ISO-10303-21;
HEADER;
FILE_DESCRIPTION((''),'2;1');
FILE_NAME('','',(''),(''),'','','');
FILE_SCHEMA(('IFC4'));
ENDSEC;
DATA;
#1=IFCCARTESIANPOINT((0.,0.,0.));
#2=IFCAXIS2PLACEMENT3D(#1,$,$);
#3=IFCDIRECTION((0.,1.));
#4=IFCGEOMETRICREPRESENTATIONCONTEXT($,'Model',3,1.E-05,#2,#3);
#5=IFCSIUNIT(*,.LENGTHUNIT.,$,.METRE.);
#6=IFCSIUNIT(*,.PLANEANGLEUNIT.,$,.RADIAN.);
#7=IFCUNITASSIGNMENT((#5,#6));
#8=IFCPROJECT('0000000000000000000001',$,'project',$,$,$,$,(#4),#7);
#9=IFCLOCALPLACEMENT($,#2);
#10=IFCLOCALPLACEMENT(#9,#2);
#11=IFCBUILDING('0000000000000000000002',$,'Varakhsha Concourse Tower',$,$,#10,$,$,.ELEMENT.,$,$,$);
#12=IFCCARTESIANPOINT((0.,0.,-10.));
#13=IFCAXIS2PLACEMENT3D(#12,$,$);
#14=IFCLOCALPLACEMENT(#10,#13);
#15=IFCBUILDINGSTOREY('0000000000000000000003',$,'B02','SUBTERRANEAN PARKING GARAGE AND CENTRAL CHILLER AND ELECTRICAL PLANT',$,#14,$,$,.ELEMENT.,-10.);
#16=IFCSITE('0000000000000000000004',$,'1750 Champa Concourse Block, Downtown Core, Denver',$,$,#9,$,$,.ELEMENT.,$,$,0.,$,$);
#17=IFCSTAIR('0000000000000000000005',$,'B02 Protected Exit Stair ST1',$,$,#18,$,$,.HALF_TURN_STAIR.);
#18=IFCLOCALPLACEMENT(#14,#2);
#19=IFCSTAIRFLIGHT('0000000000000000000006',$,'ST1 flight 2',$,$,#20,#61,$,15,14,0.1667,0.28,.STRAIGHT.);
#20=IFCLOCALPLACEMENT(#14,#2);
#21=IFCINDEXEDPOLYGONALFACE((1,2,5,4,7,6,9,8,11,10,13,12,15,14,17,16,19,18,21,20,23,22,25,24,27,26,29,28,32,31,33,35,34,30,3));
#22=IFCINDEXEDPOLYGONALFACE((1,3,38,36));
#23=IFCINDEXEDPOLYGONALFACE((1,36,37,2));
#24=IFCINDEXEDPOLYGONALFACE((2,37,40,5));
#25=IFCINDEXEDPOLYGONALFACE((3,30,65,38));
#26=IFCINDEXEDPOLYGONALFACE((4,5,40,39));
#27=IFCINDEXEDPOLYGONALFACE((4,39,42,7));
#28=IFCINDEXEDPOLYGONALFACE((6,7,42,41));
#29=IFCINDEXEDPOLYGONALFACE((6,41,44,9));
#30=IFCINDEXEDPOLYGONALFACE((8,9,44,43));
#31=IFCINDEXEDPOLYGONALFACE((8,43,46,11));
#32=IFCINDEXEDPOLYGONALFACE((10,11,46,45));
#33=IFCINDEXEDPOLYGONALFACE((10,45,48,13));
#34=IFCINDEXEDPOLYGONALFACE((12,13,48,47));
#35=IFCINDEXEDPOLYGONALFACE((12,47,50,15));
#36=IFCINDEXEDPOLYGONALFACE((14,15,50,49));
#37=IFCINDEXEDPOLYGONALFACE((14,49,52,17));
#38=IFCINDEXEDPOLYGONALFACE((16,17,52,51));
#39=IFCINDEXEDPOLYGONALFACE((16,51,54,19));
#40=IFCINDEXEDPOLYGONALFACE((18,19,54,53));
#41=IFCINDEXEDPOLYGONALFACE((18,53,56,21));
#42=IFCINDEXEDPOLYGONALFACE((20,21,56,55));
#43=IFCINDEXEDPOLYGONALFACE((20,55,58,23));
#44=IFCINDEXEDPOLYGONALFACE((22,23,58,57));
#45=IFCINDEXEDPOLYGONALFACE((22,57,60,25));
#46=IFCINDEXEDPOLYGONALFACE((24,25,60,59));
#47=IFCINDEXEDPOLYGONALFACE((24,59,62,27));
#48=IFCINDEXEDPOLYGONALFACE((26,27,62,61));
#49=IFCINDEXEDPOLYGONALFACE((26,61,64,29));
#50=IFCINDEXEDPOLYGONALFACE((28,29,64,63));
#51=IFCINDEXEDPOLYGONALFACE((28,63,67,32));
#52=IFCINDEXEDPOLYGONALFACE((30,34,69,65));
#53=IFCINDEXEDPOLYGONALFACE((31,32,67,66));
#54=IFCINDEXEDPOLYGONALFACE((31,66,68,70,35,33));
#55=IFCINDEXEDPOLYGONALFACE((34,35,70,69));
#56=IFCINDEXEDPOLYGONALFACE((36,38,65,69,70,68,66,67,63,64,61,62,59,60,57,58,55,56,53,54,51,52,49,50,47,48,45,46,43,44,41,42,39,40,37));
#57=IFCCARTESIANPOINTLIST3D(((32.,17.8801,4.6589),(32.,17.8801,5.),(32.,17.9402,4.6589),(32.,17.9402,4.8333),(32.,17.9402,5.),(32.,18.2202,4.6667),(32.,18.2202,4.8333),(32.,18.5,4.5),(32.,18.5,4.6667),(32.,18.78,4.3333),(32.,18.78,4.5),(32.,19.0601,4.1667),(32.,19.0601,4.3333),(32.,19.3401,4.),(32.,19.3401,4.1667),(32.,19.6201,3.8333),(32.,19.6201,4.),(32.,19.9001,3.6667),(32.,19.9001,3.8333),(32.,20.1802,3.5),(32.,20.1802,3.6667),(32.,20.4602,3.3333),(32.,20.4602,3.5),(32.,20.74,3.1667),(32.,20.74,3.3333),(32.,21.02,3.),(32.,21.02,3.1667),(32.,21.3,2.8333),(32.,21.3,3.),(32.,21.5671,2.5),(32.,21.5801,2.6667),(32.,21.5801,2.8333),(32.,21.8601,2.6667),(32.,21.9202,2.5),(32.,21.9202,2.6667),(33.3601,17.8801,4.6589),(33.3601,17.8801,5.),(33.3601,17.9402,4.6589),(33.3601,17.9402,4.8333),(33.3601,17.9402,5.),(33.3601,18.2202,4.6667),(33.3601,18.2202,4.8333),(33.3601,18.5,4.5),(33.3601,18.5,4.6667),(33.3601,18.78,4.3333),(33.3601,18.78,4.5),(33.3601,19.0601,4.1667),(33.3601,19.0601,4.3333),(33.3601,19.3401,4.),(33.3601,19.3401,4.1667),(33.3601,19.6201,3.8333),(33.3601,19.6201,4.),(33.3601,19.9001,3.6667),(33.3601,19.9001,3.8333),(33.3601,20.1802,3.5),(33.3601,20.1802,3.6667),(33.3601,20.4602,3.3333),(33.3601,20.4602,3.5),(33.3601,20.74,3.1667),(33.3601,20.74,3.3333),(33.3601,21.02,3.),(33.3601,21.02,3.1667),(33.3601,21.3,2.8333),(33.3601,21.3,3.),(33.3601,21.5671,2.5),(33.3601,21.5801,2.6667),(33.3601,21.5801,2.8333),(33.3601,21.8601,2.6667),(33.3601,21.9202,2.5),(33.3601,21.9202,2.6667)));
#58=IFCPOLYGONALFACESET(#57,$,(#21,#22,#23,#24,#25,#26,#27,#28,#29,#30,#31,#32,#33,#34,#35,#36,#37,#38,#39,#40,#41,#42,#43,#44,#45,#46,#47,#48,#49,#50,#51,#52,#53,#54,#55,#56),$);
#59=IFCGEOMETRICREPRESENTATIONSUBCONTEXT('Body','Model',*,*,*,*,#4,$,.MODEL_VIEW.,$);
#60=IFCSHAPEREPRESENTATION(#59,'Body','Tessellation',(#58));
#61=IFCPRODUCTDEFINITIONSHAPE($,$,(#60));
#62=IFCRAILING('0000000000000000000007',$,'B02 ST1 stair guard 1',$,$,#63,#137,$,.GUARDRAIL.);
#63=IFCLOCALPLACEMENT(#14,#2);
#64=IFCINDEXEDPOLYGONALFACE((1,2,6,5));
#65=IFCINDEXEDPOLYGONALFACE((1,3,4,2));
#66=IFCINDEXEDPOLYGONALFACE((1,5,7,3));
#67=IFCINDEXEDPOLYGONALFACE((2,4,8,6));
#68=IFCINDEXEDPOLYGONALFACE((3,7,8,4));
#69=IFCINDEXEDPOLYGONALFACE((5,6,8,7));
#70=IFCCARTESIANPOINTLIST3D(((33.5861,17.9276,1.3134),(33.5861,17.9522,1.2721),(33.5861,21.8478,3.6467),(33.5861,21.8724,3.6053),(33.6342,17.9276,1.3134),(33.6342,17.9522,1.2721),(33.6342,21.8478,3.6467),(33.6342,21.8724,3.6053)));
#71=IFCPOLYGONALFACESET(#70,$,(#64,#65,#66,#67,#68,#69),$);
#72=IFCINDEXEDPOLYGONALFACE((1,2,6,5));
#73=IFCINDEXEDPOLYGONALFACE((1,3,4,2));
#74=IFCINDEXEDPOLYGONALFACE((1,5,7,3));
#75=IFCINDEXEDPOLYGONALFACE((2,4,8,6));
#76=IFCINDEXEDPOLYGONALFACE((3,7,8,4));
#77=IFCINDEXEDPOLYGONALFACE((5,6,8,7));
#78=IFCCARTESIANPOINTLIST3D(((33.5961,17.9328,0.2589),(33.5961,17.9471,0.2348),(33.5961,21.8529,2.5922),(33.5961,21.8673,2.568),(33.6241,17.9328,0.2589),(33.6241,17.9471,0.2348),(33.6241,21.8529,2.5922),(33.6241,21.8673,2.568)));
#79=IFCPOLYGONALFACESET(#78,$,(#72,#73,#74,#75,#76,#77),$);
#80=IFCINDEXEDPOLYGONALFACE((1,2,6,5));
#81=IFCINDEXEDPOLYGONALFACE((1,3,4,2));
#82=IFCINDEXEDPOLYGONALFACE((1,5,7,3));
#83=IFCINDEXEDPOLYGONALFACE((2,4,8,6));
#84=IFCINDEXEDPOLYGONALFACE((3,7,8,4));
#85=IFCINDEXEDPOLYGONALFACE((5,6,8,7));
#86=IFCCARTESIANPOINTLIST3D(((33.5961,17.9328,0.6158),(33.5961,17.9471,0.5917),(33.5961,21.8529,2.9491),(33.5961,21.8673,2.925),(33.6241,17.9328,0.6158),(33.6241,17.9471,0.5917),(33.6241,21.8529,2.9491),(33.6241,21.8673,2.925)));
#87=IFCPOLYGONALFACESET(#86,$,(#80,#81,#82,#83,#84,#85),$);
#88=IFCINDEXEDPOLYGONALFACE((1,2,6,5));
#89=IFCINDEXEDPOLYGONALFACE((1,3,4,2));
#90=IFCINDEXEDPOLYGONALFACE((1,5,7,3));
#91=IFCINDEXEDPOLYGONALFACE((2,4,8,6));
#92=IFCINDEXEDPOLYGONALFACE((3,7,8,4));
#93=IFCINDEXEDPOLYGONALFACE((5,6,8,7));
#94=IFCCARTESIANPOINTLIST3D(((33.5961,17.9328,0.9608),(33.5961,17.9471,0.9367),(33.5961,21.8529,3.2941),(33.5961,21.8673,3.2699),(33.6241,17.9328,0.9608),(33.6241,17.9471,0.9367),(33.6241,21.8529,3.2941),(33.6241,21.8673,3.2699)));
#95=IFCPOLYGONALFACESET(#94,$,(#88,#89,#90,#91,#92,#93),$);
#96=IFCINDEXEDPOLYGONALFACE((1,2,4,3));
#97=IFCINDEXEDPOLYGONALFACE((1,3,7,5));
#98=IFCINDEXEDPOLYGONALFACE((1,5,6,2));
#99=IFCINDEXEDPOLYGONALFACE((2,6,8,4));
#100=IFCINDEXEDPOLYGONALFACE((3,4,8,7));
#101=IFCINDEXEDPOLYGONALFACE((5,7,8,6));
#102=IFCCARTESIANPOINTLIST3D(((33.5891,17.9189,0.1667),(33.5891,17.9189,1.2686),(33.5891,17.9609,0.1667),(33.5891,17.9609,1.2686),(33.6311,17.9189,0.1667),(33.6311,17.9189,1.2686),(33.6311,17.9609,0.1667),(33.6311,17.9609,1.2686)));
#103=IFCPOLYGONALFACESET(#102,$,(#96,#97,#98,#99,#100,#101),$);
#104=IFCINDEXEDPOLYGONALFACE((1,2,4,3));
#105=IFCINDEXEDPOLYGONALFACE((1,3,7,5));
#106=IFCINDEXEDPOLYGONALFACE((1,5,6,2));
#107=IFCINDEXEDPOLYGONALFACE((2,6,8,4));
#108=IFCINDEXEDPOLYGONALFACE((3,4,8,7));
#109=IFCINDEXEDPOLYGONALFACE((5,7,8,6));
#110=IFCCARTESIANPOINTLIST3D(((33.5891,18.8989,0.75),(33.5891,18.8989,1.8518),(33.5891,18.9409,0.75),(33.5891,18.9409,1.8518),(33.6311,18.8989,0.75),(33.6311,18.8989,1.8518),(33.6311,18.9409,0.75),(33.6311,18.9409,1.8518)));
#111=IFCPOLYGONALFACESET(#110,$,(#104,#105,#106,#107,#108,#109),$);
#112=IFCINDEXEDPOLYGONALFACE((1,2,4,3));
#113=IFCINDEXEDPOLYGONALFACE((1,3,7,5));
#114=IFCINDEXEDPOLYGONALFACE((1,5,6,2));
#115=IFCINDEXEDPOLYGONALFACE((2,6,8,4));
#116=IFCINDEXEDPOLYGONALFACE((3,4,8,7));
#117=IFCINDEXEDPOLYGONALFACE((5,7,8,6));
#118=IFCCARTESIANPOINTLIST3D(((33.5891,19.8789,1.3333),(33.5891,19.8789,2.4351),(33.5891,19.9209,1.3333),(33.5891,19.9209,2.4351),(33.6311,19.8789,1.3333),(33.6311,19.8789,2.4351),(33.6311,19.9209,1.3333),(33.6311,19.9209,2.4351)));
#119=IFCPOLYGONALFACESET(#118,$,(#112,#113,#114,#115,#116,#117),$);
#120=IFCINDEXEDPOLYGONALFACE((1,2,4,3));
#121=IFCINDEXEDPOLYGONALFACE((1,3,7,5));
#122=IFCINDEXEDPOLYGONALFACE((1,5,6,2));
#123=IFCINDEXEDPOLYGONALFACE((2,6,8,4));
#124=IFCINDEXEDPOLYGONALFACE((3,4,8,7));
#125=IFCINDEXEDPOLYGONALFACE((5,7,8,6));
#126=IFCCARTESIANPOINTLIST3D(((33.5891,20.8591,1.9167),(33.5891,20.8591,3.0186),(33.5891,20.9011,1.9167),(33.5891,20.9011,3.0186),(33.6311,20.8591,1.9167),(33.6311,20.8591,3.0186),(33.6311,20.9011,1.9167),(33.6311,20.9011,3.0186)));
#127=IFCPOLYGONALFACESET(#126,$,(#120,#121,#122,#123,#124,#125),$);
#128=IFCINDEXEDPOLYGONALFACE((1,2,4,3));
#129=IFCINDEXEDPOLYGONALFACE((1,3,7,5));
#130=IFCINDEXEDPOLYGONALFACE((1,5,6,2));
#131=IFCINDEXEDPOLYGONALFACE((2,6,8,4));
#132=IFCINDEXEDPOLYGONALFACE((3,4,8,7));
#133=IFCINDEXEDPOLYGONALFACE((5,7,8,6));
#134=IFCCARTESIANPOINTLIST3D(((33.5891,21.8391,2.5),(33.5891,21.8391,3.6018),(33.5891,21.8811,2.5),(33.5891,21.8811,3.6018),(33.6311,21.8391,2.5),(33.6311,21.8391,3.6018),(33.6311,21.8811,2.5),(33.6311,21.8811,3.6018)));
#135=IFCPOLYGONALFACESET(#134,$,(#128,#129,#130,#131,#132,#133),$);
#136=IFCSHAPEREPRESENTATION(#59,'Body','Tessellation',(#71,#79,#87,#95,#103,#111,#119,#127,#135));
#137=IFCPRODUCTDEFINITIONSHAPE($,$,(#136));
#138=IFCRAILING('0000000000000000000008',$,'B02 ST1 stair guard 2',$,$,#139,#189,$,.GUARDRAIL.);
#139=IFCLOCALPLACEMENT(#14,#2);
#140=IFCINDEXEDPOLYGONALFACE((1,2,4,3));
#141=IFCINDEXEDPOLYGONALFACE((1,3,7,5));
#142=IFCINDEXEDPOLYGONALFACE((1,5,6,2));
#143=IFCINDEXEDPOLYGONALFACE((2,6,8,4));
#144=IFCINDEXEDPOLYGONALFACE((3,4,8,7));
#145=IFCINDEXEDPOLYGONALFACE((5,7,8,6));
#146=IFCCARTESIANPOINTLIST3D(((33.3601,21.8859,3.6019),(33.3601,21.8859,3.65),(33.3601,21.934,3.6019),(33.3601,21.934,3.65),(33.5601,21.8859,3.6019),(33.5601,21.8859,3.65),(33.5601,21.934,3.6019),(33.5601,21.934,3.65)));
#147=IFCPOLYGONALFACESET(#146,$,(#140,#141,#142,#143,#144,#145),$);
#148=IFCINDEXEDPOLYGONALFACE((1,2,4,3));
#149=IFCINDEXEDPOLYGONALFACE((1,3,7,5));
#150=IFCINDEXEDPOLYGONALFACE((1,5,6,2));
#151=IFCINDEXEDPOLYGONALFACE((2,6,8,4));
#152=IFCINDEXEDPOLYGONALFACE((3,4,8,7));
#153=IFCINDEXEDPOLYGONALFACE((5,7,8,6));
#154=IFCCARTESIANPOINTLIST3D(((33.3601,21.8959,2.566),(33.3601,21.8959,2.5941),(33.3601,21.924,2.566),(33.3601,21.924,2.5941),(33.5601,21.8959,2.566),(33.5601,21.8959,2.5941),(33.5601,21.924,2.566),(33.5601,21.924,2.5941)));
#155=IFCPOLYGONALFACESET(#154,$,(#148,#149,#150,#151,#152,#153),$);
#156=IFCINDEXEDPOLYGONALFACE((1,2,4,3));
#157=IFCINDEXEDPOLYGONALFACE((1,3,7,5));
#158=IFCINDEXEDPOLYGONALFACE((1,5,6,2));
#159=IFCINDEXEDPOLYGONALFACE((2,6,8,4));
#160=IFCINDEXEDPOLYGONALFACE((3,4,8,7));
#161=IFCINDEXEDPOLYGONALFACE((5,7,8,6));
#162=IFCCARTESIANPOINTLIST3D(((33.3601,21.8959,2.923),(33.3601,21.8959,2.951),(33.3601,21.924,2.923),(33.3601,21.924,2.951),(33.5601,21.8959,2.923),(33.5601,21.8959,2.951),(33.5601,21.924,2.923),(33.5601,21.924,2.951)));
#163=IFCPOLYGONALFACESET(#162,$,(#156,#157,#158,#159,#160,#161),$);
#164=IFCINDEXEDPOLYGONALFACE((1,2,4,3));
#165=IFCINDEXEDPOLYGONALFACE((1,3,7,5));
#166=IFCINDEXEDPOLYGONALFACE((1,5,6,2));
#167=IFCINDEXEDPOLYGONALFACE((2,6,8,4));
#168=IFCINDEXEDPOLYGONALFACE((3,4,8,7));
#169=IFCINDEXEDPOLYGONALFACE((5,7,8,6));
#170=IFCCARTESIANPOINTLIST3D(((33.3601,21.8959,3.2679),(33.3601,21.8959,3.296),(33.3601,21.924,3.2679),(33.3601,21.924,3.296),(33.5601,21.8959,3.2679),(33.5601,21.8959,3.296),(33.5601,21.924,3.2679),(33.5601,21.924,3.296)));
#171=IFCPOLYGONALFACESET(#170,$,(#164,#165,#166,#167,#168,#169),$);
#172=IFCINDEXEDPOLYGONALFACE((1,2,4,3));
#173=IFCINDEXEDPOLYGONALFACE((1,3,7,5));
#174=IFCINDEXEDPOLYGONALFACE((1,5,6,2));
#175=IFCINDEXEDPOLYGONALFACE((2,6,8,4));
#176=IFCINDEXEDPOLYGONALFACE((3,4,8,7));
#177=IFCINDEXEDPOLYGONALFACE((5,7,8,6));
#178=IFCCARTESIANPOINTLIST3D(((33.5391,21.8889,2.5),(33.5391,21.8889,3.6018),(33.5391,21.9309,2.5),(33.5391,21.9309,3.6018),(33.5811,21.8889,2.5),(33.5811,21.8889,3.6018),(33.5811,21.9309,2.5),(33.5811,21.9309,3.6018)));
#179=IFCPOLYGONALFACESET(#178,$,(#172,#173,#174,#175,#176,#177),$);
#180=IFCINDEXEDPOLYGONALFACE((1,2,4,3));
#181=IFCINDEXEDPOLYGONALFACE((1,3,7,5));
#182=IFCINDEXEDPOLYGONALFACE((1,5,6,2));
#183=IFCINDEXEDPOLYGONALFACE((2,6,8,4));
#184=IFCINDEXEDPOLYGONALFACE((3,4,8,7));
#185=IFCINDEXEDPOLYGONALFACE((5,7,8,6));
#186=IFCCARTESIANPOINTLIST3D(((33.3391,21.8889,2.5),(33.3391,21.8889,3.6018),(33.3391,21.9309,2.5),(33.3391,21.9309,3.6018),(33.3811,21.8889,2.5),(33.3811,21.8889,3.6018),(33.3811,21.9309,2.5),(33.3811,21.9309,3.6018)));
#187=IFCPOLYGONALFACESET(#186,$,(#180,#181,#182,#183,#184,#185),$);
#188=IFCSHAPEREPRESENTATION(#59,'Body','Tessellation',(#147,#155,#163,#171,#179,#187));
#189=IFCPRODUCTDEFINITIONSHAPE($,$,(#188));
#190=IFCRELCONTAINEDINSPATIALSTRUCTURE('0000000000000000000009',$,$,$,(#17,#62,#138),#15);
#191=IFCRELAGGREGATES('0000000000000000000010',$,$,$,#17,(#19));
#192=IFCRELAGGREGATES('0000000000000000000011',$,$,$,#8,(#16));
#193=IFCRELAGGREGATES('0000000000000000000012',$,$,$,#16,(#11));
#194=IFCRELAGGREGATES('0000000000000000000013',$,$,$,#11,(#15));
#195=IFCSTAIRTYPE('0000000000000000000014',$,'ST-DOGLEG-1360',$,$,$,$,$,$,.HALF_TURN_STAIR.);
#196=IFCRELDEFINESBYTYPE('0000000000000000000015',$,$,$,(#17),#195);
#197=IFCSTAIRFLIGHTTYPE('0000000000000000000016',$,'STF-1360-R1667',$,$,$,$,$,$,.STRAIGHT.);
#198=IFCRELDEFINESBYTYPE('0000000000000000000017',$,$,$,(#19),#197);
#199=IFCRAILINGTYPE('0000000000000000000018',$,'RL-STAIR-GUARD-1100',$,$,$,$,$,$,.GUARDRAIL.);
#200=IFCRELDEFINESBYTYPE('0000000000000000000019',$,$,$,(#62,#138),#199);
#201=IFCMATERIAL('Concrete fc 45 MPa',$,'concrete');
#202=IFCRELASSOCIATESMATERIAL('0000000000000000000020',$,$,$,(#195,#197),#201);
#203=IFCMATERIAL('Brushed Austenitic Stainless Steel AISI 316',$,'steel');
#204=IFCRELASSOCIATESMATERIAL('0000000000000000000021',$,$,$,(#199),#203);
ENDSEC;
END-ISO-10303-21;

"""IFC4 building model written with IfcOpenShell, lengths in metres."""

from ifc_helpers import new_model, si_unit, direction, frame, origin, origin_2d, place, context, subcontext, project, spatial, polyline, rectangle, outline, extrude, material, type_object, element, aggregate, save


model = new_model("IFC4")

# Units and contexts
model_context = context("Model", 3, precision=1e-05, world=origin(), true_north=direction((0.0, 1.0)))
body_context = subcontext(model_context, "Body", "Model", "MODEL_VIEW")
ifc_project = project(units=[si_unit("LENGTHUNIT", "METRE"), si_unit("PLANEANGLEUNIT", "RADIAN")], contexts=[model_context])

# Site, building, storey
site_placement = place(None, origin())
site = spatial("IfcSite", under=ifc_project, at=site_placement, Name="1750 Champa Concourse Block, Downtown Core, Denver", CompositionType="ELEMENT", RefElevation=0.0)
building_placement = place(site_placement, origin())
building = spatial("IfcBuilding", under=site, at=building_placement, Name="Varakhsha Concourse Tower", CompositionType="ELEMENT")
storey_placement = place(building_placement, frame((0.0, 0.0, -10.0)))
storey = spatial("IfcBuildingStorey", under=building, at=storey_placement, Name="B02", Description="SUBTERRANEAN PARKING GARAGE AND CENTRAL CHILLER AND ELECTRICAL PLANT", CompositionType="ELEMENT", Elevation=-10.0)

# Shared definitions
ifc_material_1 = material(Name="Concrete fc 45 MPa", Category="concrete")

# Stair, stair flight
stair_type = type_object("IfcStairType", Name="ST-DOGLEG-1360", PredefinedType="HALF_TURN_STAIR", material=ifc_material_1)
stair_placement = place(storey_placement, origin())
stair = element("IfcStair", 1, at=stair_placement, inside=storey, type_object=stair_type, Name="B02 Protected Exit Stair ST1", PredefinedType="HALF_TURN_STAIR")
stair_flight_type = type_object("IfcStairFlightType", Name="STF-1360-R1667", PredefinedType="STRAIGHT", material=ifc_material_1)
stair_flight_placement = place(storey_placement, frame((32.6799, 21.8601, 2.5), z_axis=(0.0, 0.0, 1.0), x_axis=(0.0, -1.0, 0.0)))
stair_flight = element("IfcStairFlight", 2, at=stair_flight_placement, type_object=stair_flight_type, Name="ST1 flight 2", NumberOfRisers=15, NumberOfTreads=14, PredefinedType="STRAIGHT", RiserHeight=0.1667, TreadLength=0.28, context=body_context, shape_type="SweptSolid", body=[
    extrude(outline(polyline([(-0.0601, 0.0), (-0.0601, 0.1667), (0.0, 0.1667), (0.28, 0.1667), (0.28, 0.3333), (0.5601, 0.3333), (0.5601, 0.5), (0.8401, 0.5), (0.8401, 0.6667), (1.1201, 0.6667), (1.1201, 0.8333), (1.3999, 0.8333), (1.3999, 1.0), (1.6799, 1.0), (1.6799, 1.1667), (1.96, 1.1667), (1.96, 1.3333), (2.24, 1.3333), (2.24, 1.5), (2.52, 1.5), (2.52, 1.6667), (2.8, 1.6667), (2.8, 1.8333), (3.0801, 1.8333), (3.0801, 2.0), (3.3601, 2.0), (3.3601, 2.1667), (3.6399, 2.1667), (3.6399, 2.3333), (3.9199, 2.3333), (3.9199, 2.5), (3.98, 2.5), (3.98, 2.1589), (3.9199, 2.1589), (0.293, 0.0), (-0.0601, 0.0)])), frame((0.0, 0.6802, 0.0), z_axis=(0.0, -1.0, 0.0), x_axis=(1.0, 0.0, 0.0)), (0.0, 0.0, 1.0), 1.3601),
])
aggregate(stair, [stair_flight])

# Railings
ifc_material_2 = material(Name="Brushed Austenitic Stainless Steel AISI 316", Category="steel")
railing_type_1 = type_object("IfcRailingType", Name="RL-STAIR-GUARD-1100", PredefinedType="GUARDRAIL", material=ifc_material_2)
railing_1_placement = place(storey_placement, frame((33.6101, 17.9399, 0.1667)))
element("IfcRailing", 3, at=railing_1_placement, inside=storey, type_object=railing_type_1, Name="B02 ST1 stair guard 1", PredefinedType="GUARDRAIL", context=body_context, shape_type="SweptSolid", body=[
    extrude(rectangle(XDim=0.0481, YDim=0.0481, at=origin_2d()), frame((0.0, 0.0, 1.126), z_axis=(0.0, 0.85931, 0.511455), x_axis=(-1.0, 0.0, 0.0)), (0.0, 0.0, 1.0), 4.562),
    extrude(rectangle(XDim=0.0281, YDim=0.0281, at=origin_2d()), frame((0.0, 0.0, 0.0801), z_axis=(0.0, 0.85931, 0.511455), x_axis=(-1.0, 0.0, 0.0)), (0.0, 0.0, 1.0), 4.562),
    extrude(rectangle(XDim=0.0281, YDim=0.0281, at=origin_2d()), frame((0.0, 0.0, 0.437), z_axis=(0.0, 0.85931, 0.511455), x_axis=(-1.0, 0.0, 0.0)), (0.0, 0.0, 1.0), 4.562),
    extrude(rectangle(XDim=0.0281, YDim=0.0281, at=origin_2d()), frame((0.0, 0.0, 0.782), z_axis=(0.0, 0.85931, 0.511455), x_axis=(-1.0, 0.0, 0.0)), (0.0, 0.0, 1.0), 4.562),
    extrude(rectangle(XDim=0.042, YDim=0.042, at=origin_2d()), origin(), (0.0, 0.0, 1.0), 1.1018),
    extrude(rectangle(XDim=0.042, YDim=0.042, at=origin_2d()), frame((0.0, 0.98, 0.5833)), (0.0, 0.0, 1.0), 1.1018),
    extrude(rectangle(XDim=0.042, YDim=0.042, at=origin_2d()), frame((0.0, 1.96, 1.1665)), (0.0, 0.0, 1.0), 1.1018),
    extrude(rectangle(XDim=0.042, YDim=0.042, at=origin_2d()), frame((0.0, 2.9402, 1.75)), (0.0, 0.0, 1.0), 1.1018),
    extrude(rectangle(XDim=0.042, YDim=0.042, at=origin_2d()), frame((0.0, 3.9202, 2.3333)), (0.0, 0.0, 1.0), 1.1018),
])
railing_2_placement = place(storey_placement, frame((33.5601, 21.9099, 2.5)))
element("IfcRailing", 4, at=railing_2_placement, inside=storey, type_object=railing_type_1, Name="B02 ST1 stair guard 2", PredefinedType="GUARDRAIL", context=body_context, shape_type="SweptSolid", body=[
    extrude(rectangle(XDim=0.0481, YDim=0.0481, at=origin_2d()), frame((0.0, 0.0, 1.126), z_axis=(-1.0, 0.0, 0.0), x_axis=(0.0, -1.0, 0.0)), (0.0, 0.0, 1.0), 0.2),
    extrude(rectangle(XDim=0.0281, YDim=0.0281, at=origin_2d()), frame((0.0, 0.0, 0.0801), z_axis=(-1.0, 0.0, 0.0), x_axis=(0.0, -1.0, 0.0)), (0.0, 0.0, 1.0), 0.2),
    extrude(rectangle(XDim=0.0281, YDim=0.0281, at=origin_2d()), frame((0.0, 0.0, 0.437), z_axis=(-1.0, 0.0, 0.0), x_axis=(0.0, -1.0, 0.0)), (0.0, 0.0, 1.0), 0.2),
    extrude(rectangle(XDim=0.0281, YDim=0.0281, at=origin_2d()), frame((0.0, 0.0, 0.782), z_axis=(-1.0, 0.0, 0.0), x_axis=(0.0, -1.0, 0.0)), (0.0, 0.0, 1.0), 0.2),
    extrude(rectangle(XDim=0.042, YDim=0.042, at=origin_2d()), origin(), (0.0, 0.0, 1.0), 1.1018),
    extrude(rectangle(XDim=0.042, YDim=0.042, at=origin_2d()), frame((-0.2, 0.0, 0.0)), (0.0, 0.0, 1.0), 1.1018),
])

save(model, "model.ifc")
